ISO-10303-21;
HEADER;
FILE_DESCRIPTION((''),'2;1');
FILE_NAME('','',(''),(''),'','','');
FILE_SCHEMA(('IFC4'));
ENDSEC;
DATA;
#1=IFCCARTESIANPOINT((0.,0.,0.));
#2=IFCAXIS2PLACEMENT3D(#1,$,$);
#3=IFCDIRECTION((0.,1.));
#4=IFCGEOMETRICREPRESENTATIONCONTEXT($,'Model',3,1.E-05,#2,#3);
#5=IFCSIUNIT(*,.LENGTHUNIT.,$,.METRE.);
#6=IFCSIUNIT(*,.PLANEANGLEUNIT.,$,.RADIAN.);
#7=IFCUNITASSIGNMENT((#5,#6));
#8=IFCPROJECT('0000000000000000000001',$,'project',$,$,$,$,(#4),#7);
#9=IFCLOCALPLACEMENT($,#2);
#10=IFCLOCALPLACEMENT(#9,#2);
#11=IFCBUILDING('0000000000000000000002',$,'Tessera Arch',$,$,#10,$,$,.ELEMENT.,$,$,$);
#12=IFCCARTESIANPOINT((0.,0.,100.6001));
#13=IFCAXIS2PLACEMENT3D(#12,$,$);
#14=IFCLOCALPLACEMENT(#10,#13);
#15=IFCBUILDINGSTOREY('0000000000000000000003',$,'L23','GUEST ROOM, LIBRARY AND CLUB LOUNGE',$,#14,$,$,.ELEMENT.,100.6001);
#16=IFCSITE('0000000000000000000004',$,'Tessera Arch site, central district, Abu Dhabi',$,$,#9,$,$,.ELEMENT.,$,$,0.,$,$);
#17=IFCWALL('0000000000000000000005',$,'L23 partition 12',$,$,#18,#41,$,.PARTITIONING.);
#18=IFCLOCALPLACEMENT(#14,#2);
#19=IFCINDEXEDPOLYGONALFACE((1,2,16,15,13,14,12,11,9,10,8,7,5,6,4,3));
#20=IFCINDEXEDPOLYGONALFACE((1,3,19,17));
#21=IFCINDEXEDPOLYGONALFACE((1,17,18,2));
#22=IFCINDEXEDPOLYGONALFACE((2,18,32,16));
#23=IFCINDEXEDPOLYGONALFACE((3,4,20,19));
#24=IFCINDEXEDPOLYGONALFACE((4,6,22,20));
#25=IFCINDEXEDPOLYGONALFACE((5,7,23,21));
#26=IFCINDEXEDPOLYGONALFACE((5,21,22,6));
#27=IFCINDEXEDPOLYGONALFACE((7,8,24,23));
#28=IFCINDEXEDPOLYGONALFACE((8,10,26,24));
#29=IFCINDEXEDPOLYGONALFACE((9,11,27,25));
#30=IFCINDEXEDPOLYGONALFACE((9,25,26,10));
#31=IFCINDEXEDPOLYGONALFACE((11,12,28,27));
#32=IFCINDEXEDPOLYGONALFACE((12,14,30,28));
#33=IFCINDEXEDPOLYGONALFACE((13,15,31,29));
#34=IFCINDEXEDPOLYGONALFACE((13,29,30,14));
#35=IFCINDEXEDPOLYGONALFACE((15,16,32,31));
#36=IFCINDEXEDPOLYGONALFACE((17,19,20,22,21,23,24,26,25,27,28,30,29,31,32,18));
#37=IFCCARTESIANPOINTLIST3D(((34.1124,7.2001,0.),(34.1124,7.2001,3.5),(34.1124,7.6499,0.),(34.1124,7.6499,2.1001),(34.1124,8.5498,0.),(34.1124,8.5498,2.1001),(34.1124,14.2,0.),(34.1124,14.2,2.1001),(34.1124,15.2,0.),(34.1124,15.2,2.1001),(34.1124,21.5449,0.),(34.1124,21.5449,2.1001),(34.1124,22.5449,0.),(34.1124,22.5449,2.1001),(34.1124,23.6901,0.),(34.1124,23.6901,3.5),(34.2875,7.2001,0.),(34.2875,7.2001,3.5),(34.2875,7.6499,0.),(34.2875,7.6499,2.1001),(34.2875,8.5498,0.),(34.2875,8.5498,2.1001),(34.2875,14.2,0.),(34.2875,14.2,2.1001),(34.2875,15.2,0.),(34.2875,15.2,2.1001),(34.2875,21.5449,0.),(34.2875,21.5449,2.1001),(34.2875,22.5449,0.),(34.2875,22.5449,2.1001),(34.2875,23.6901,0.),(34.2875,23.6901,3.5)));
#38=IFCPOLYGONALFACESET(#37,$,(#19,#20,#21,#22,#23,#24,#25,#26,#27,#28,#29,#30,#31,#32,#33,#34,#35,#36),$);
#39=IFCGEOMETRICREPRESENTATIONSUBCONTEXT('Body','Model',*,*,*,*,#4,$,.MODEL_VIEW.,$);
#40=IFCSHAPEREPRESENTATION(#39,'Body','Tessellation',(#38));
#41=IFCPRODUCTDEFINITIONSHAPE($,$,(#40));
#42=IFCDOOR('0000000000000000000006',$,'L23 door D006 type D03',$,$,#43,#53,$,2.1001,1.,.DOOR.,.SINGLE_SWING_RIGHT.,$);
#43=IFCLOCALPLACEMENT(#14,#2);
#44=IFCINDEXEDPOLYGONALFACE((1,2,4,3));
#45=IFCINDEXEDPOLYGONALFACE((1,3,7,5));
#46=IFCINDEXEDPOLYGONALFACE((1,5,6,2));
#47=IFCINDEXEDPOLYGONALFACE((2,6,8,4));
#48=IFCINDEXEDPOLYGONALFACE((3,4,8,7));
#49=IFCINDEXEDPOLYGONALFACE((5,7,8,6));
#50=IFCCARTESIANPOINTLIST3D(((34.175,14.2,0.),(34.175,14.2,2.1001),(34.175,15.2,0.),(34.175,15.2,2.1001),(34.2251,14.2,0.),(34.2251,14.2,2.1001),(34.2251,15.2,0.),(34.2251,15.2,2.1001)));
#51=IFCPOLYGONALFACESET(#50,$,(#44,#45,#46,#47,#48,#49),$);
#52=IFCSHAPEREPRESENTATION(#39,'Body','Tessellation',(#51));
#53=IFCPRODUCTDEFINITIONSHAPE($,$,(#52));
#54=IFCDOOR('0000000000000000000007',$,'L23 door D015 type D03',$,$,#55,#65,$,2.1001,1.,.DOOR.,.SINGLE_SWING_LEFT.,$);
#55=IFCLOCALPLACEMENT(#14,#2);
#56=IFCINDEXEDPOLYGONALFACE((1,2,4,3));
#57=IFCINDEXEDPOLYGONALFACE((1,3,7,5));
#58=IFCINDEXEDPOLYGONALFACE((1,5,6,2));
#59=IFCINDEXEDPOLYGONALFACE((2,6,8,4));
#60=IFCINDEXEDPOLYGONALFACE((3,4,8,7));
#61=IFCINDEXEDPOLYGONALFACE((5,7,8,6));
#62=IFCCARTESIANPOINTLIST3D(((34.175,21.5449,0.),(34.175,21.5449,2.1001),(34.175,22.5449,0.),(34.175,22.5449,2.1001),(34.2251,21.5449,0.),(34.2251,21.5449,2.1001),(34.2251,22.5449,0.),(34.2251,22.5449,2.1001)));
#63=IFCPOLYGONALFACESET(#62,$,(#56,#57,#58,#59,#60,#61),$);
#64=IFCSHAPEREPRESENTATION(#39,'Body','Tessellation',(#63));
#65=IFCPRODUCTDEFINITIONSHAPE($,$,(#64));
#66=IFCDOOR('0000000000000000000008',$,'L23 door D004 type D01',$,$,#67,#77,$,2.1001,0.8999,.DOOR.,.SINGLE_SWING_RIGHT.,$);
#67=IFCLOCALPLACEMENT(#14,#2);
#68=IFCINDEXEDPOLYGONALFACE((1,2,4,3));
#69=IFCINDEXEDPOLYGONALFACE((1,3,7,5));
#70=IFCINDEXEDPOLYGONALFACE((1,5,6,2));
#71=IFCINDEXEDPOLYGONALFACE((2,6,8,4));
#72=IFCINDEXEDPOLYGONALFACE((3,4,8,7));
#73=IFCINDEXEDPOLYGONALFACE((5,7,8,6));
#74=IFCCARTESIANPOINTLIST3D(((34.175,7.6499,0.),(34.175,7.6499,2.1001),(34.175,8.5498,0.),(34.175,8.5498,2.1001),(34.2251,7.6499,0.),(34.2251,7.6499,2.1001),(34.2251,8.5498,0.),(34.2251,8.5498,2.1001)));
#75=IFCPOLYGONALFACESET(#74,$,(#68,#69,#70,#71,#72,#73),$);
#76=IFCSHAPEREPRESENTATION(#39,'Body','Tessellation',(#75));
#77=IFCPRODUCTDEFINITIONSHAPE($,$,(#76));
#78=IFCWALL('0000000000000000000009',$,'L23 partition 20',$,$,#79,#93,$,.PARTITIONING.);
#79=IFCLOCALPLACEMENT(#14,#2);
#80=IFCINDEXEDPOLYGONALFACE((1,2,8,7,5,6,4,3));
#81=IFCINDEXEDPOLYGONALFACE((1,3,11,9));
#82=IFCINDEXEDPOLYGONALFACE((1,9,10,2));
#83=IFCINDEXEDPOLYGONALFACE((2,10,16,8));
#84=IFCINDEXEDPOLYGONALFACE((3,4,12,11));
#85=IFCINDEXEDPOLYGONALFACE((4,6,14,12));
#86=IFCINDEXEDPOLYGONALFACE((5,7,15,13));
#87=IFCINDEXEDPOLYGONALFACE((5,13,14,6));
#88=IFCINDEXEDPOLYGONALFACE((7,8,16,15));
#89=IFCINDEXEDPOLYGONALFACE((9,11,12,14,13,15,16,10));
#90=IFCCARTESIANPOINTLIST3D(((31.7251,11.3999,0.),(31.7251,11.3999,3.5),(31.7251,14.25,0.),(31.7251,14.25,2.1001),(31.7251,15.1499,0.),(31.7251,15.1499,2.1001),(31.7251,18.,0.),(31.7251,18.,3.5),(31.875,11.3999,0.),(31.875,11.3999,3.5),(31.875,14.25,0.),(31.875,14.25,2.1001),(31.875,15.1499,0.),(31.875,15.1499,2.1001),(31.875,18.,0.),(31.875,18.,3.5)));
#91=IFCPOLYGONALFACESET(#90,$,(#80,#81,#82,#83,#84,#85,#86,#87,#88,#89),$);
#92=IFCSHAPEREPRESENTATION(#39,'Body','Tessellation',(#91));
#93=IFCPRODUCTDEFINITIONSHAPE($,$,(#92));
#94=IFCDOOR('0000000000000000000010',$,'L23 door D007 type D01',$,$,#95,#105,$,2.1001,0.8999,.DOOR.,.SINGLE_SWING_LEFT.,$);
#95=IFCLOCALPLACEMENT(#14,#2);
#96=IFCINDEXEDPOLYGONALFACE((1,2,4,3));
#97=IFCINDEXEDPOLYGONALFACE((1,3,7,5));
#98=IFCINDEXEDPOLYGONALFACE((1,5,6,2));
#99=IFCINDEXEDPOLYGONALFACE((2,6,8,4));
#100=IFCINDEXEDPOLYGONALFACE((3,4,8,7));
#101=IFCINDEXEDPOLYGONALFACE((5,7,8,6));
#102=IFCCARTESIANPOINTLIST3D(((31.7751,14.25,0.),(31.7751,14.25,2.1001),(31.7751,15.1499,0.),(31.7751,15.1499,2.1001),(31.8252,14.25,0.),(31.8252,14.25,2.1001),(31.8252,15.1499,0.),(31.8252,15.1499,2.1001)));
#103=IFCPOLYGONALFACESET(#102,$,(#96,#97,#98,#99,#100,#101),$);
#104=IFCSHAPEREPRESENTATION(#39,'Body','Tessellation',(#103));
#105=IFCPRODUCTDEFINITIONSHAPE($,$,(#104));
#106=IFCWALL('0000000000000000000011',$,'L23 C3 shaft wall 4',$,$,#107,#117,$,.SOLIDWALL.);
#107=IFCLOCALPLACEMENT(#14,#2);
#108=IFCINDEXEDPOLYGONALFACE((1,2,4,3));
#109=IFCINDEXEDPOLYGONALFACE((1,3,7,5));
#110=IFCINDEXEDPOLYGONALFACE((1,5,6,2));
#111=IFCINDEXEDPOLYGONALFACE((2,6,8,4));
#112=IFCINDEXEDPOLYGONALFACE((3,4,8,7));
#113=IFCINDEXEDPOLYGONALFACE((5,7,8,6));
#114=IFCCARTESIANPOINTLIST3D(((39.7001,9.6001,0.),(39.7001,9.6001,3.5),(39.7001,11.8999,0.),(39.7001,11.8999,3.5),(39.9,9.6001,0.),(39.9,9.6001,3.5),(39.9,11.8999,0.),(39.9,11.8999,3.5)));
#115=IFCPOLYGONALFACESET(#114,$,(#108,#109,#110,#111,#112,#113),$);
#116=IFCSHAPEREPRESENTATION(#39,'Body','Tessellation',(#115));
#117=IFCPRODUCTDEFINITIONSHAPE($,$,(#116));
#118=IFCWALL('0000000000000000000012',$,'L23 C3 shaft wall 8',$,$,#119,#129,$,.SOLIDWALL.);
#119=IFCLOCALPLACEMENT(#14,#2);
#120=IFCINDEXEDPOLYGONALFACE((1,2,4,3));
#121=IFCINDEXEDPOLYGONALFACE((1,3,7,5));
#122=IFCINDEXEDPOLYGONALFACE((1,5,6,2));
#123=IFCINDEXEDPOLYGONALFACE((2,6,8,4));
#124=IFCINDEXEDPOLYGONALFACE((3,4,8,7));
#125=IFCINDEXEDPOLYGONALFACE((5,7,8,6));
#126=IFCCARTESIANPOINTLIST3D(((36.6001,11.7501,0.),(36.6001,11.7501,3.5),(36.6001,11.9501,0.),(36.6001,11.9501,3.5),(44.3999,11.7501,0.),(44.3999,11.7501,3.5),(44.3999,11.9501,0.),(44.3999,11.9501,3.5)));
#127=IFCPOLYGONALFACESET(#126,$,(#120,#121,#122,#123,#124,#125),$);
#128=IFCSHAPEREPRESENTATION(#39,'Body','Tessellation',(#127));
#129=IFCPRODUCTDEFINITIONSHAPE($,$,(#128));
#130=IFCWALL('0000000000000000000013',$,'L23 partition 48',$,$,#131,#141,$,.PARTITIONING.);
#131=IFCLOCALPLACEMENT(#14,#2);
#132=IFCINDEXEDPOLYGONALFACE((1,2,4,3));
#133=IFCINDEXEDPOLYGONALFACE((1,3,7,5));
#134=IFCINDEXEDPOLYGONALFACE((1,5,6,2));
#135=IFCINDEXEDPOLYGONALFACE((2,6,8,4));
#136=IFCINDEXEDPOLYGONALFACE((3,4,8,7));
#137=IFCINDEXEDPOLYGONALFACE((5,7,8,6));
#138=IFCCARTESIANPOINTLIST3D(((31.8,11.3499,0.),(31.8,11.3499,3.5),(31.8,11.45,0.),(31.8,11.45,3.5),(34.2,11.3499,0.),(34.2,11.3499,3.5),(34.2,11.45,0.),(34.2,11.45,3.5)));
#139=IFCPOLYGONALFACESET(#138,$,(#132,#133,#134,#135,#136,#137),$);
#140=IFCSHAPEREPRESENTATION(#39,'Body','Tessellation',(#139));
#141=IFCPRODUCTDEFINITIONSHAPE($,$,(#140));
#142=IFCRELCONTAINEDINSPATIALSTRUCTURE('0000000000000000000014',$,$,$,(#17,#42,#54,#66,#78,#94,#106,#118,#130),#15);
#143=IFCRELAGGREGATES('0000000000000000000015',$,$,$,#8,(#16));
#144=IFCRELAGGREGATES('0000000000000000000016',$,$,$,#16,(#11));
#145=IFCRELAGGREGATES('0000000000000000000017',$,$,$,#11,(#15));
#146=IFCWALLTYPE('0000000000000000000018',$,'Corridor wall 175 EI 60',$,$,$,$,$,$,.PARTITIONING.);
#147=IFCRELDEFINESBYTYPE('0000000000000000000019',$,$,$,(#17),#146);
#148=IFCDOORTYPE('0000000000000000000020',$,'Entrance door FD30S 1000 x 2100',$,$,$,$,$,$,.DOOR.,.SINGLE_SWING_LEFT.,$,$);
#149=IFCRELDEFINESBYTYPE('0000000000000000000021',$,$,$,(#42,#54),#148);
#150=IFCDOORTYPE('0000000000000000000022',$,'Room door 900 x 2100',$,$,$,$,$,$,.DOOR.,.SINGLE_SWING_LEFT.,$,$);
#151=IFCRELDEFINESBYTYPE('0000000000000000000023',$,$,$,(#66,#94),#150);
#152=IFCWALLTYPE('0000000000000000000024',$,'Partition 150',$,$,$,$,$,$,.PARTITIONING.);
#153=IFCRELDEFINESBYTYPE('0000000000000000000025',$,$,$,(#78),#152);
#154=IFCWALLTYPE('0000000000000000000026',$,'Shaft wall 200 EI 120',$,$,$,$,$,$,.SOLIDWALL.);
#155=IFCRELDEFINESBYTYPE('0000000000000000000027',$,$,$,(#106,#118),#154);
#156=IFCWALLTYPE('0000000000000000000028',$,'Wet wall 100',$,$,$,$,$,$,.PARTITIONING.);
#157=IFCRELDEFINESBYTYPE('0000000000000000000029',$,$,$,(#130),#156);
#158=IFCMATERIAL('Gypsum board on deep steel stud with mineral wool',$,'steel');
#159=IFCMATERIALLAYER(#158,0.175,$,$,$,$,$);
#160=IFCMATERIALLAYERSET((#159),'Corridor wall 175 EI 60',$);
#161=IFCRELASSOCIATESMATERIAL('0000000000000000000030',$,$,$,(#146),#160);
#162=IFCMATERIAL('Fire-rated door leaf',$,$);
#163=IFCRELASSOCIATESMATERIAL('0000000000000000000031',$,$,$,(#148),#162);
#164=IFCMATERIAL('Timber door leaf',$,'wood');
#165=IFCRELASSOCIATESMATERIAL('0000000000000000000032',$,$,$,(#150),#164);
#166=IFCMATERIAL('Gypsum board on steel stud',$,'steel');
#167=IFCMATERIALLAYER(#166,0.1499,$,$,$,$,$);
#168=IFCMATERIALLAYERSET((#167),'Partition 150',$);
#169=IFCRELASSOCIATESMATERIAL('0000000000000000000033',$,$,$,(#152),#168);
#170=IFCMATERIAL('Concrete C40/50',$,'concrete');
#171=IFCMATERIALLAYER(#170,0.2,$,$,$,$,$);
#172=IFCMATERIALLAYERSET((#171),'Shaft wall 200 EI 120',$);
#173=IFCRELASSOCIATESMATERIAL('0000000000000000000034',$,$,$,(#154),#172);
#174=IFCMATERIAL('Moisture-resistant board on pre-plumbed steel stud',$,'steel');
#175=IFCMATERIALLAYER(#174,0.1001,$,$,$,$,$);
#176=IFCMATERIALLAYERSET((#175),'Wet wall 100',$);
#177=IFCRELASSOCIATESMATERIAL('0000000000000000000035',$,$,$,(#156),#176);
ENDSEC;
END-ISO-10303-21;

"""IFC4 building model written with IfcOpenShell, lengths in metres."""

from ifc_helpers import new_model, si_unit, direction, frame, frame_2d, origin, place, context, subcontext, project, spatial, rectangle, extrude, material, layer, layer_set, type_object, element, fill, save


model = new_model("IFC4")

# Units and contexts
model_context = context("Model", 3, precision=1e-05, world=origin(), true_north=direction((0.0, 1.0)))
body_context = subcontext(model_context, "Body", "Model", "MODEL_VIEW")
ifc_project = project(units=[si_unit("LENGTHUNIT", "METRE"), si_unit("PLANEANGLEUNIT", "RADIAN")], contexts=[model_context])

# Site, building, storey
site_placement = place(None, origin())
site = spatial("IfcSite", under=ifc_project, at=site_placement, Name="Tessera Arch site, central district, Abu Dhabi", CompositionType="ELEMENT", RefElevation=0.0)
building_placement = place(site_placement, origin())
building = spatial("IfcBuilding", under=site, at=building_placement, Name="Tessera Arch", CompositionType="ELEMENT")
storey_placement = place(building_placement, frame((0.0, 0.0, 100.6001)))
storey = spatial("IfcBuildingStorey", under=building, at=storey_placement, Name="L23", Description="GUEST ROOM, LIBRARY AND CLUB LOUNGE", CompositionType="ELEMENT", Elevation=100.6001)

# Shared definitions
ifc_material_1 = material(Name="Gypsum board on deep steel stud with mineral wool", Category="steel")
ifc_layer_1 = layer(ifc_material_1, 0.175)
ifc_layer_set_1 = layer_set([ifc_layer_1], Name="Corridor wall 175 EI 60")
wall_type_1 = type_object("IfcWallType", Name="Corridor wall 175 EI 60", PredefinedType="PARTITIONING", material=ifc_layer_set_1)
ifc_material_2 = material(Name="Fire-rated door leaf")
door_type_1 = type_object("IfcDoorType", Name="Entrance door FD30S 1000 x 2100", OperationType="SINGLE_SWING_LEFT", PredefinedType="DOOR", material=ifc_material_2)

# Wall, openings, doors
wall_1_placement = place(storey_placement, frame((34.2, 7.2, 0.0), z_axis=(0.0, 0.0, 1.0), x_axis=(0.0, 1.0, 0.0)))
wall_1 = element("IfcWall", 1, at=wall_1_placement, inside=storey, type_object=wall_type_1, Name="L23 partition 12", PredefinedType="PARTITIONING", context=body_context, shape_type="SweptSolid", body=[
    extrude(rectangle(XDim=16.49, YDim=0.175, at=frame_2d((8.2451, 0.0))), origin(), (0.0, 0.0, 1.0), 3.5),
])
opening_1_placement = place(wall_1_placement, frame((0.45, 0.0, 0.0)))
opening_1 = element("IfcOpeningElement", 2, at=opening_1_placement, cuts=wall_1, PredefinedType="OPENING", context=body_context, shape_type="SweptSolid", body=[
    extrude(rectangle(XDim=0.8999, YDim=2.1001, at=frame_2d((0.45, 1.05))), frame((0.0, 0.0974, 0.0), z_axis=(0.0, -1.0, 0.0), x_axis=(1.0, 0.0, 0.0)), (0.0, 0.0, 1.0), 0.1951),
])
opening_2_placement = place(wall_1_placement, frame((7.0, 0.0, 0.0)))
opening_2 = element("IfcOpeningElement", 3, at=opening_2_placement, cuts=wall_1, PredefinedType="OPENING", context=body_context, shape_type="SweptSolid", body=[
    extrude(rectangle(XDim=1.0, YDim=2.1001, at=frame_2d((0.5, 1.05))), frame((0.0, 0.0974, 0.0), z_axis=(0.0, -1.0, 0.0), x_axis=(1.0, 0.0, 0.0)), (0.0, 0.0, 1.0), 0.1951),
])
opening_3_placement = place(wall_1_placement, frame((14.345, 0.0, 0.0)))
opening_3 = element("IfcOpeningElement", 4, at=opening_3_placement, cuts=wall_1, PredefinedType="OPENING", context=body_context, shape_type="SweptSolid", body=[
    extrude(rectangle(XDim=1.0, YDim=2.1001, at=frame_2d((0.5, 1.05))), frame((0.0, 0.0974, 0.0), z_axis=(0.0, -1.0, 0.0), x_axis=(1.0, 0.0, 0.0)), (0.0, 0.0, 1.0), 0.1951),
])
door_1_placement = place(opening_2_placement, origin())
door_1 = element("IfcDoor", 5, at=door_1_placement, inside=storey, type_object=door_type_1, Name="L23 door D006 type D03", OperationType="SINGLE_SWING_RIGHT", OverallHeight=2.1001, OverallWidth=1.0, PredefinedType="DOOR", context=body_context, shape_type="SweptSolid", body=[
    extrude(rectangle(XDim=1.0, YDim=2.1001, at=frame_2d((0.5, 1.05))), frame((0.0, 0.0249, 0.0), z_axis=(0.0, -1.0, 0.0), x_axis=(1.0, 0.0, 0.0)), (0.0, 0.0, 1.0), 0.05),
])
fill(opening_2, door_1)
door_2_placement = place(opening_3_placement, origin())
door_2 = element("IfcDoor", 6, at=door_2_placement, inside=storey, type_object=door_type_1, Name="L23 door D015 type D03", OperationType="SINGLE_SWING_LEFT", OverallHeight=2.1001, OverallWidth=1.0, PredefinedType="DOOR", context=body_context, shape_type="SweptSolid", body=[
    extrude(rectangle(XDim=1.0, YDim=2.1001, at=frame_2d((0.5, 1.05))), frame((0.0, 0.0249, 0.0), z_axis=(0.0, -1.0, 0.0), x_axis=(1.0, 0.0, 0.0)), (0.0, 0.0, 1.0), 0.05),
])
fill(opening_3, door_2)
ifc_material_3 = material(Name="Timber door leaf", Category="wood")
door_type_2 = type_object("IfcDoorType", Name="Room door 900 x 2100", OperationType="SINGLE_SWING_LEFT", PredefinedType="DOOR", material=ifc_material_3)
door_3_placement = place(opening_1_placement, origin())
door_3 = element("IfcDoor", 7, at=door_3_placement, inside=storey, type_object=door_type_2, Name="L23 door D004 type D01", OperationType="SINGLE_SWING_RIGHT", OverallHeight=2.1001, OverallWidth=0.8999, PredefinedType="DOOR", context=body_context, shape_type="SweptSolid", body=[
    extrude(rectangle(XDim=0.8999, YDim=2.1001, at=frame_2d((0.45, 1.05))), frame((0.0, 0.0249, 0.0), z_axis=(0.0, -1.0, 0.0), x_axis=(1.0, 0.0, 0.0)), (0.0, 0.0, 1.0), 0.05),
])
fill(opening_1, door_3)

# Wall, opening, door
ifc_material_4 = material(Name="Gypsum board on steel stud", Category="steel")
ifc_layer_2 = layer(ifc_material_4, 0.1499)
ifc_layer_set_2 = layer_set([ifc_layer_2], Name="Partition 150")
wall_type_2 = type_object("IfcWallType", Name="Partition 150", PredefinedType="PARTITIONING", material=ifc_layer_set_2)
wall_2_placement = place(storey_placement, frame((31.8, 11.3999, 0.0), z_axis=(0.0, 0.0, 1.0), x_axis=(0.0, 1.0, 0.0)))
wall_2 = element("IfcWall", 8, at=wall_2_placement, inside=storey, type_object=wall_type_2, Name="L23 partition 20", PredefinedType="PARTITIONING", context=body_context, shape_type="SweptSolid", body=[
    extrude(rectangle(XDim=6.6001, YDim=0.1499, at=frame_2d((3.3, 0.0))), origin(), (0.0, 0.0, 1.0), 3.5),
])
opening_4_placement = place(wall_2_placement, frame((2.8501, 0.0, 0.0)))
opening_4 = element("IfcOpeningElement", 9, at=opening_4_placement, cuts=wall_2, PredefinedType="OPENING", context=body_context, shape_type="SweptSolid", body=[
    extrude(rectangle(XDim=0.8999, YDim=2.1001, at=frame_2d((0.45, 1.05))), frame((0.0, 0.085, 0.0), z_axis=(0.0, -1.0, 0.0), x_axis=(1.0, 0.0, 0.0)), (0.0, 0.0, 1.0), 0.1699),
])
door_4_placement = place(opening_4_placement, origin())
door_4 = element("IfcDoor", 10, at=door_4_placement, inside=storey, type_object=door_type_2, Name="L23 door D007 type D01", OperationType="SINGLE_SWING_LEFT", OverallHeight=2.1001, OverallWidth=0.8999, PredefinedType="DOOR", context=body_context, shape_type="SweptSolid", body=[
    extrude(rectangle(XDim=0.8999, YDim=2.1001, at=frame_2d((0.45, 1.05))), frame((0.0, 0.0249, 0.0), z_axis=(0.0, -1.0, 0.0), x_axis=(1.0, 0.0, 0.0)), (0.0, 0.0, 1.0), 0.05),
])
fill(opening_4, door_4)

# Walls
ifc_material_5 = material(Name="Concrete C40/50", Category="concrete")
ifc_layer_3 = layer(ifc_material_5, 0.2)
ifc_layer_set_3 = layer_set([ifc_layer_3], Name="Shaft wall 200 EI 120")
wall_type_3 = type_object("IfcWallType", Name="Shaft wall 200 EI 120", PredefinedType="SOLIDWALL", material=ifc_layer_set_3)
wall_3_placement = place(storey_placement, frame((39.8, 9.6001, 0.0), z_axis=(0.0, 0.0, 1.0), x_axis=(0.0, 1.0, 0.0)))
element("IfcWall", 11, at=wall_3_placement, inside=storey, type_object=wall_type_3, Name="L23 C3 shaft wall 4", PredefinedType="SOLIDWALL", context=body_context, shape_type="SweptSolid", body=[
    extrude(rectangle(XDim=2.2998, YDim=0.2, at=frame_2d((1.1499, 0.0))), origin(), (0.0, 0.0, 1.0), 3.5),
])
wall_4_placement = place(storey_placement, frame((36.6001, 11.8501, 0.0), z_axis=(0.0, 0.0, 1.0), x_axis=(1.0, 0.0, 0.0)))
element("IfcWall", 12, at=wall_4_placement, inside=storey, type_object=wall_type_3, Name="L23 C3 shaft wall 8", PredefinedType="SOLIDWALL", context=body_context, shape_type="SweptSolid", body=[
    extrude(rectangle(XDim=7.7998, YDim=0.2, at=frame_2d((3.8999, 0.0))), origin(), (0.0, 0.0, 1.0), 3.5),
])
ifc_material_6 = material(Name="Moisture-resistant board on pre-plumbed steel stud", Category="steel")
ifc_layer_4 = layer(ifc_material_6, 0.1001)
ifc_layer_set_4 = layer_set([ifc_layer_4], Name="Wet wall 100")
wall_type_4 = type_object("IfcWallType", Name="Wet wall 100", PredefinedType="PARTITIONING", material=ifc_layer_set_4)
wall_5_placement = place(storey_placement, frame((31.8, 11.3999, 0.0), z_axis=(0.0, 0.0, 1.0), x_axis=(1.0, 0.0, 0.0)))
element("IfcWall", 13, at=wall_5_placement, inside=storey, type_object=wall_type_4, Name="L23 partition 48", PredefinedType="PARTITIONING", context=body_context, shape_type="SweptSolid", body=[
    extrude(rectangle(XDim=2.3999, YDim=0.1001, at=frame_2d((1.2, 0.0))), origin(), (0.0, 0.0, 1.0), 3.5),
])

save(model, "model.ifc")
